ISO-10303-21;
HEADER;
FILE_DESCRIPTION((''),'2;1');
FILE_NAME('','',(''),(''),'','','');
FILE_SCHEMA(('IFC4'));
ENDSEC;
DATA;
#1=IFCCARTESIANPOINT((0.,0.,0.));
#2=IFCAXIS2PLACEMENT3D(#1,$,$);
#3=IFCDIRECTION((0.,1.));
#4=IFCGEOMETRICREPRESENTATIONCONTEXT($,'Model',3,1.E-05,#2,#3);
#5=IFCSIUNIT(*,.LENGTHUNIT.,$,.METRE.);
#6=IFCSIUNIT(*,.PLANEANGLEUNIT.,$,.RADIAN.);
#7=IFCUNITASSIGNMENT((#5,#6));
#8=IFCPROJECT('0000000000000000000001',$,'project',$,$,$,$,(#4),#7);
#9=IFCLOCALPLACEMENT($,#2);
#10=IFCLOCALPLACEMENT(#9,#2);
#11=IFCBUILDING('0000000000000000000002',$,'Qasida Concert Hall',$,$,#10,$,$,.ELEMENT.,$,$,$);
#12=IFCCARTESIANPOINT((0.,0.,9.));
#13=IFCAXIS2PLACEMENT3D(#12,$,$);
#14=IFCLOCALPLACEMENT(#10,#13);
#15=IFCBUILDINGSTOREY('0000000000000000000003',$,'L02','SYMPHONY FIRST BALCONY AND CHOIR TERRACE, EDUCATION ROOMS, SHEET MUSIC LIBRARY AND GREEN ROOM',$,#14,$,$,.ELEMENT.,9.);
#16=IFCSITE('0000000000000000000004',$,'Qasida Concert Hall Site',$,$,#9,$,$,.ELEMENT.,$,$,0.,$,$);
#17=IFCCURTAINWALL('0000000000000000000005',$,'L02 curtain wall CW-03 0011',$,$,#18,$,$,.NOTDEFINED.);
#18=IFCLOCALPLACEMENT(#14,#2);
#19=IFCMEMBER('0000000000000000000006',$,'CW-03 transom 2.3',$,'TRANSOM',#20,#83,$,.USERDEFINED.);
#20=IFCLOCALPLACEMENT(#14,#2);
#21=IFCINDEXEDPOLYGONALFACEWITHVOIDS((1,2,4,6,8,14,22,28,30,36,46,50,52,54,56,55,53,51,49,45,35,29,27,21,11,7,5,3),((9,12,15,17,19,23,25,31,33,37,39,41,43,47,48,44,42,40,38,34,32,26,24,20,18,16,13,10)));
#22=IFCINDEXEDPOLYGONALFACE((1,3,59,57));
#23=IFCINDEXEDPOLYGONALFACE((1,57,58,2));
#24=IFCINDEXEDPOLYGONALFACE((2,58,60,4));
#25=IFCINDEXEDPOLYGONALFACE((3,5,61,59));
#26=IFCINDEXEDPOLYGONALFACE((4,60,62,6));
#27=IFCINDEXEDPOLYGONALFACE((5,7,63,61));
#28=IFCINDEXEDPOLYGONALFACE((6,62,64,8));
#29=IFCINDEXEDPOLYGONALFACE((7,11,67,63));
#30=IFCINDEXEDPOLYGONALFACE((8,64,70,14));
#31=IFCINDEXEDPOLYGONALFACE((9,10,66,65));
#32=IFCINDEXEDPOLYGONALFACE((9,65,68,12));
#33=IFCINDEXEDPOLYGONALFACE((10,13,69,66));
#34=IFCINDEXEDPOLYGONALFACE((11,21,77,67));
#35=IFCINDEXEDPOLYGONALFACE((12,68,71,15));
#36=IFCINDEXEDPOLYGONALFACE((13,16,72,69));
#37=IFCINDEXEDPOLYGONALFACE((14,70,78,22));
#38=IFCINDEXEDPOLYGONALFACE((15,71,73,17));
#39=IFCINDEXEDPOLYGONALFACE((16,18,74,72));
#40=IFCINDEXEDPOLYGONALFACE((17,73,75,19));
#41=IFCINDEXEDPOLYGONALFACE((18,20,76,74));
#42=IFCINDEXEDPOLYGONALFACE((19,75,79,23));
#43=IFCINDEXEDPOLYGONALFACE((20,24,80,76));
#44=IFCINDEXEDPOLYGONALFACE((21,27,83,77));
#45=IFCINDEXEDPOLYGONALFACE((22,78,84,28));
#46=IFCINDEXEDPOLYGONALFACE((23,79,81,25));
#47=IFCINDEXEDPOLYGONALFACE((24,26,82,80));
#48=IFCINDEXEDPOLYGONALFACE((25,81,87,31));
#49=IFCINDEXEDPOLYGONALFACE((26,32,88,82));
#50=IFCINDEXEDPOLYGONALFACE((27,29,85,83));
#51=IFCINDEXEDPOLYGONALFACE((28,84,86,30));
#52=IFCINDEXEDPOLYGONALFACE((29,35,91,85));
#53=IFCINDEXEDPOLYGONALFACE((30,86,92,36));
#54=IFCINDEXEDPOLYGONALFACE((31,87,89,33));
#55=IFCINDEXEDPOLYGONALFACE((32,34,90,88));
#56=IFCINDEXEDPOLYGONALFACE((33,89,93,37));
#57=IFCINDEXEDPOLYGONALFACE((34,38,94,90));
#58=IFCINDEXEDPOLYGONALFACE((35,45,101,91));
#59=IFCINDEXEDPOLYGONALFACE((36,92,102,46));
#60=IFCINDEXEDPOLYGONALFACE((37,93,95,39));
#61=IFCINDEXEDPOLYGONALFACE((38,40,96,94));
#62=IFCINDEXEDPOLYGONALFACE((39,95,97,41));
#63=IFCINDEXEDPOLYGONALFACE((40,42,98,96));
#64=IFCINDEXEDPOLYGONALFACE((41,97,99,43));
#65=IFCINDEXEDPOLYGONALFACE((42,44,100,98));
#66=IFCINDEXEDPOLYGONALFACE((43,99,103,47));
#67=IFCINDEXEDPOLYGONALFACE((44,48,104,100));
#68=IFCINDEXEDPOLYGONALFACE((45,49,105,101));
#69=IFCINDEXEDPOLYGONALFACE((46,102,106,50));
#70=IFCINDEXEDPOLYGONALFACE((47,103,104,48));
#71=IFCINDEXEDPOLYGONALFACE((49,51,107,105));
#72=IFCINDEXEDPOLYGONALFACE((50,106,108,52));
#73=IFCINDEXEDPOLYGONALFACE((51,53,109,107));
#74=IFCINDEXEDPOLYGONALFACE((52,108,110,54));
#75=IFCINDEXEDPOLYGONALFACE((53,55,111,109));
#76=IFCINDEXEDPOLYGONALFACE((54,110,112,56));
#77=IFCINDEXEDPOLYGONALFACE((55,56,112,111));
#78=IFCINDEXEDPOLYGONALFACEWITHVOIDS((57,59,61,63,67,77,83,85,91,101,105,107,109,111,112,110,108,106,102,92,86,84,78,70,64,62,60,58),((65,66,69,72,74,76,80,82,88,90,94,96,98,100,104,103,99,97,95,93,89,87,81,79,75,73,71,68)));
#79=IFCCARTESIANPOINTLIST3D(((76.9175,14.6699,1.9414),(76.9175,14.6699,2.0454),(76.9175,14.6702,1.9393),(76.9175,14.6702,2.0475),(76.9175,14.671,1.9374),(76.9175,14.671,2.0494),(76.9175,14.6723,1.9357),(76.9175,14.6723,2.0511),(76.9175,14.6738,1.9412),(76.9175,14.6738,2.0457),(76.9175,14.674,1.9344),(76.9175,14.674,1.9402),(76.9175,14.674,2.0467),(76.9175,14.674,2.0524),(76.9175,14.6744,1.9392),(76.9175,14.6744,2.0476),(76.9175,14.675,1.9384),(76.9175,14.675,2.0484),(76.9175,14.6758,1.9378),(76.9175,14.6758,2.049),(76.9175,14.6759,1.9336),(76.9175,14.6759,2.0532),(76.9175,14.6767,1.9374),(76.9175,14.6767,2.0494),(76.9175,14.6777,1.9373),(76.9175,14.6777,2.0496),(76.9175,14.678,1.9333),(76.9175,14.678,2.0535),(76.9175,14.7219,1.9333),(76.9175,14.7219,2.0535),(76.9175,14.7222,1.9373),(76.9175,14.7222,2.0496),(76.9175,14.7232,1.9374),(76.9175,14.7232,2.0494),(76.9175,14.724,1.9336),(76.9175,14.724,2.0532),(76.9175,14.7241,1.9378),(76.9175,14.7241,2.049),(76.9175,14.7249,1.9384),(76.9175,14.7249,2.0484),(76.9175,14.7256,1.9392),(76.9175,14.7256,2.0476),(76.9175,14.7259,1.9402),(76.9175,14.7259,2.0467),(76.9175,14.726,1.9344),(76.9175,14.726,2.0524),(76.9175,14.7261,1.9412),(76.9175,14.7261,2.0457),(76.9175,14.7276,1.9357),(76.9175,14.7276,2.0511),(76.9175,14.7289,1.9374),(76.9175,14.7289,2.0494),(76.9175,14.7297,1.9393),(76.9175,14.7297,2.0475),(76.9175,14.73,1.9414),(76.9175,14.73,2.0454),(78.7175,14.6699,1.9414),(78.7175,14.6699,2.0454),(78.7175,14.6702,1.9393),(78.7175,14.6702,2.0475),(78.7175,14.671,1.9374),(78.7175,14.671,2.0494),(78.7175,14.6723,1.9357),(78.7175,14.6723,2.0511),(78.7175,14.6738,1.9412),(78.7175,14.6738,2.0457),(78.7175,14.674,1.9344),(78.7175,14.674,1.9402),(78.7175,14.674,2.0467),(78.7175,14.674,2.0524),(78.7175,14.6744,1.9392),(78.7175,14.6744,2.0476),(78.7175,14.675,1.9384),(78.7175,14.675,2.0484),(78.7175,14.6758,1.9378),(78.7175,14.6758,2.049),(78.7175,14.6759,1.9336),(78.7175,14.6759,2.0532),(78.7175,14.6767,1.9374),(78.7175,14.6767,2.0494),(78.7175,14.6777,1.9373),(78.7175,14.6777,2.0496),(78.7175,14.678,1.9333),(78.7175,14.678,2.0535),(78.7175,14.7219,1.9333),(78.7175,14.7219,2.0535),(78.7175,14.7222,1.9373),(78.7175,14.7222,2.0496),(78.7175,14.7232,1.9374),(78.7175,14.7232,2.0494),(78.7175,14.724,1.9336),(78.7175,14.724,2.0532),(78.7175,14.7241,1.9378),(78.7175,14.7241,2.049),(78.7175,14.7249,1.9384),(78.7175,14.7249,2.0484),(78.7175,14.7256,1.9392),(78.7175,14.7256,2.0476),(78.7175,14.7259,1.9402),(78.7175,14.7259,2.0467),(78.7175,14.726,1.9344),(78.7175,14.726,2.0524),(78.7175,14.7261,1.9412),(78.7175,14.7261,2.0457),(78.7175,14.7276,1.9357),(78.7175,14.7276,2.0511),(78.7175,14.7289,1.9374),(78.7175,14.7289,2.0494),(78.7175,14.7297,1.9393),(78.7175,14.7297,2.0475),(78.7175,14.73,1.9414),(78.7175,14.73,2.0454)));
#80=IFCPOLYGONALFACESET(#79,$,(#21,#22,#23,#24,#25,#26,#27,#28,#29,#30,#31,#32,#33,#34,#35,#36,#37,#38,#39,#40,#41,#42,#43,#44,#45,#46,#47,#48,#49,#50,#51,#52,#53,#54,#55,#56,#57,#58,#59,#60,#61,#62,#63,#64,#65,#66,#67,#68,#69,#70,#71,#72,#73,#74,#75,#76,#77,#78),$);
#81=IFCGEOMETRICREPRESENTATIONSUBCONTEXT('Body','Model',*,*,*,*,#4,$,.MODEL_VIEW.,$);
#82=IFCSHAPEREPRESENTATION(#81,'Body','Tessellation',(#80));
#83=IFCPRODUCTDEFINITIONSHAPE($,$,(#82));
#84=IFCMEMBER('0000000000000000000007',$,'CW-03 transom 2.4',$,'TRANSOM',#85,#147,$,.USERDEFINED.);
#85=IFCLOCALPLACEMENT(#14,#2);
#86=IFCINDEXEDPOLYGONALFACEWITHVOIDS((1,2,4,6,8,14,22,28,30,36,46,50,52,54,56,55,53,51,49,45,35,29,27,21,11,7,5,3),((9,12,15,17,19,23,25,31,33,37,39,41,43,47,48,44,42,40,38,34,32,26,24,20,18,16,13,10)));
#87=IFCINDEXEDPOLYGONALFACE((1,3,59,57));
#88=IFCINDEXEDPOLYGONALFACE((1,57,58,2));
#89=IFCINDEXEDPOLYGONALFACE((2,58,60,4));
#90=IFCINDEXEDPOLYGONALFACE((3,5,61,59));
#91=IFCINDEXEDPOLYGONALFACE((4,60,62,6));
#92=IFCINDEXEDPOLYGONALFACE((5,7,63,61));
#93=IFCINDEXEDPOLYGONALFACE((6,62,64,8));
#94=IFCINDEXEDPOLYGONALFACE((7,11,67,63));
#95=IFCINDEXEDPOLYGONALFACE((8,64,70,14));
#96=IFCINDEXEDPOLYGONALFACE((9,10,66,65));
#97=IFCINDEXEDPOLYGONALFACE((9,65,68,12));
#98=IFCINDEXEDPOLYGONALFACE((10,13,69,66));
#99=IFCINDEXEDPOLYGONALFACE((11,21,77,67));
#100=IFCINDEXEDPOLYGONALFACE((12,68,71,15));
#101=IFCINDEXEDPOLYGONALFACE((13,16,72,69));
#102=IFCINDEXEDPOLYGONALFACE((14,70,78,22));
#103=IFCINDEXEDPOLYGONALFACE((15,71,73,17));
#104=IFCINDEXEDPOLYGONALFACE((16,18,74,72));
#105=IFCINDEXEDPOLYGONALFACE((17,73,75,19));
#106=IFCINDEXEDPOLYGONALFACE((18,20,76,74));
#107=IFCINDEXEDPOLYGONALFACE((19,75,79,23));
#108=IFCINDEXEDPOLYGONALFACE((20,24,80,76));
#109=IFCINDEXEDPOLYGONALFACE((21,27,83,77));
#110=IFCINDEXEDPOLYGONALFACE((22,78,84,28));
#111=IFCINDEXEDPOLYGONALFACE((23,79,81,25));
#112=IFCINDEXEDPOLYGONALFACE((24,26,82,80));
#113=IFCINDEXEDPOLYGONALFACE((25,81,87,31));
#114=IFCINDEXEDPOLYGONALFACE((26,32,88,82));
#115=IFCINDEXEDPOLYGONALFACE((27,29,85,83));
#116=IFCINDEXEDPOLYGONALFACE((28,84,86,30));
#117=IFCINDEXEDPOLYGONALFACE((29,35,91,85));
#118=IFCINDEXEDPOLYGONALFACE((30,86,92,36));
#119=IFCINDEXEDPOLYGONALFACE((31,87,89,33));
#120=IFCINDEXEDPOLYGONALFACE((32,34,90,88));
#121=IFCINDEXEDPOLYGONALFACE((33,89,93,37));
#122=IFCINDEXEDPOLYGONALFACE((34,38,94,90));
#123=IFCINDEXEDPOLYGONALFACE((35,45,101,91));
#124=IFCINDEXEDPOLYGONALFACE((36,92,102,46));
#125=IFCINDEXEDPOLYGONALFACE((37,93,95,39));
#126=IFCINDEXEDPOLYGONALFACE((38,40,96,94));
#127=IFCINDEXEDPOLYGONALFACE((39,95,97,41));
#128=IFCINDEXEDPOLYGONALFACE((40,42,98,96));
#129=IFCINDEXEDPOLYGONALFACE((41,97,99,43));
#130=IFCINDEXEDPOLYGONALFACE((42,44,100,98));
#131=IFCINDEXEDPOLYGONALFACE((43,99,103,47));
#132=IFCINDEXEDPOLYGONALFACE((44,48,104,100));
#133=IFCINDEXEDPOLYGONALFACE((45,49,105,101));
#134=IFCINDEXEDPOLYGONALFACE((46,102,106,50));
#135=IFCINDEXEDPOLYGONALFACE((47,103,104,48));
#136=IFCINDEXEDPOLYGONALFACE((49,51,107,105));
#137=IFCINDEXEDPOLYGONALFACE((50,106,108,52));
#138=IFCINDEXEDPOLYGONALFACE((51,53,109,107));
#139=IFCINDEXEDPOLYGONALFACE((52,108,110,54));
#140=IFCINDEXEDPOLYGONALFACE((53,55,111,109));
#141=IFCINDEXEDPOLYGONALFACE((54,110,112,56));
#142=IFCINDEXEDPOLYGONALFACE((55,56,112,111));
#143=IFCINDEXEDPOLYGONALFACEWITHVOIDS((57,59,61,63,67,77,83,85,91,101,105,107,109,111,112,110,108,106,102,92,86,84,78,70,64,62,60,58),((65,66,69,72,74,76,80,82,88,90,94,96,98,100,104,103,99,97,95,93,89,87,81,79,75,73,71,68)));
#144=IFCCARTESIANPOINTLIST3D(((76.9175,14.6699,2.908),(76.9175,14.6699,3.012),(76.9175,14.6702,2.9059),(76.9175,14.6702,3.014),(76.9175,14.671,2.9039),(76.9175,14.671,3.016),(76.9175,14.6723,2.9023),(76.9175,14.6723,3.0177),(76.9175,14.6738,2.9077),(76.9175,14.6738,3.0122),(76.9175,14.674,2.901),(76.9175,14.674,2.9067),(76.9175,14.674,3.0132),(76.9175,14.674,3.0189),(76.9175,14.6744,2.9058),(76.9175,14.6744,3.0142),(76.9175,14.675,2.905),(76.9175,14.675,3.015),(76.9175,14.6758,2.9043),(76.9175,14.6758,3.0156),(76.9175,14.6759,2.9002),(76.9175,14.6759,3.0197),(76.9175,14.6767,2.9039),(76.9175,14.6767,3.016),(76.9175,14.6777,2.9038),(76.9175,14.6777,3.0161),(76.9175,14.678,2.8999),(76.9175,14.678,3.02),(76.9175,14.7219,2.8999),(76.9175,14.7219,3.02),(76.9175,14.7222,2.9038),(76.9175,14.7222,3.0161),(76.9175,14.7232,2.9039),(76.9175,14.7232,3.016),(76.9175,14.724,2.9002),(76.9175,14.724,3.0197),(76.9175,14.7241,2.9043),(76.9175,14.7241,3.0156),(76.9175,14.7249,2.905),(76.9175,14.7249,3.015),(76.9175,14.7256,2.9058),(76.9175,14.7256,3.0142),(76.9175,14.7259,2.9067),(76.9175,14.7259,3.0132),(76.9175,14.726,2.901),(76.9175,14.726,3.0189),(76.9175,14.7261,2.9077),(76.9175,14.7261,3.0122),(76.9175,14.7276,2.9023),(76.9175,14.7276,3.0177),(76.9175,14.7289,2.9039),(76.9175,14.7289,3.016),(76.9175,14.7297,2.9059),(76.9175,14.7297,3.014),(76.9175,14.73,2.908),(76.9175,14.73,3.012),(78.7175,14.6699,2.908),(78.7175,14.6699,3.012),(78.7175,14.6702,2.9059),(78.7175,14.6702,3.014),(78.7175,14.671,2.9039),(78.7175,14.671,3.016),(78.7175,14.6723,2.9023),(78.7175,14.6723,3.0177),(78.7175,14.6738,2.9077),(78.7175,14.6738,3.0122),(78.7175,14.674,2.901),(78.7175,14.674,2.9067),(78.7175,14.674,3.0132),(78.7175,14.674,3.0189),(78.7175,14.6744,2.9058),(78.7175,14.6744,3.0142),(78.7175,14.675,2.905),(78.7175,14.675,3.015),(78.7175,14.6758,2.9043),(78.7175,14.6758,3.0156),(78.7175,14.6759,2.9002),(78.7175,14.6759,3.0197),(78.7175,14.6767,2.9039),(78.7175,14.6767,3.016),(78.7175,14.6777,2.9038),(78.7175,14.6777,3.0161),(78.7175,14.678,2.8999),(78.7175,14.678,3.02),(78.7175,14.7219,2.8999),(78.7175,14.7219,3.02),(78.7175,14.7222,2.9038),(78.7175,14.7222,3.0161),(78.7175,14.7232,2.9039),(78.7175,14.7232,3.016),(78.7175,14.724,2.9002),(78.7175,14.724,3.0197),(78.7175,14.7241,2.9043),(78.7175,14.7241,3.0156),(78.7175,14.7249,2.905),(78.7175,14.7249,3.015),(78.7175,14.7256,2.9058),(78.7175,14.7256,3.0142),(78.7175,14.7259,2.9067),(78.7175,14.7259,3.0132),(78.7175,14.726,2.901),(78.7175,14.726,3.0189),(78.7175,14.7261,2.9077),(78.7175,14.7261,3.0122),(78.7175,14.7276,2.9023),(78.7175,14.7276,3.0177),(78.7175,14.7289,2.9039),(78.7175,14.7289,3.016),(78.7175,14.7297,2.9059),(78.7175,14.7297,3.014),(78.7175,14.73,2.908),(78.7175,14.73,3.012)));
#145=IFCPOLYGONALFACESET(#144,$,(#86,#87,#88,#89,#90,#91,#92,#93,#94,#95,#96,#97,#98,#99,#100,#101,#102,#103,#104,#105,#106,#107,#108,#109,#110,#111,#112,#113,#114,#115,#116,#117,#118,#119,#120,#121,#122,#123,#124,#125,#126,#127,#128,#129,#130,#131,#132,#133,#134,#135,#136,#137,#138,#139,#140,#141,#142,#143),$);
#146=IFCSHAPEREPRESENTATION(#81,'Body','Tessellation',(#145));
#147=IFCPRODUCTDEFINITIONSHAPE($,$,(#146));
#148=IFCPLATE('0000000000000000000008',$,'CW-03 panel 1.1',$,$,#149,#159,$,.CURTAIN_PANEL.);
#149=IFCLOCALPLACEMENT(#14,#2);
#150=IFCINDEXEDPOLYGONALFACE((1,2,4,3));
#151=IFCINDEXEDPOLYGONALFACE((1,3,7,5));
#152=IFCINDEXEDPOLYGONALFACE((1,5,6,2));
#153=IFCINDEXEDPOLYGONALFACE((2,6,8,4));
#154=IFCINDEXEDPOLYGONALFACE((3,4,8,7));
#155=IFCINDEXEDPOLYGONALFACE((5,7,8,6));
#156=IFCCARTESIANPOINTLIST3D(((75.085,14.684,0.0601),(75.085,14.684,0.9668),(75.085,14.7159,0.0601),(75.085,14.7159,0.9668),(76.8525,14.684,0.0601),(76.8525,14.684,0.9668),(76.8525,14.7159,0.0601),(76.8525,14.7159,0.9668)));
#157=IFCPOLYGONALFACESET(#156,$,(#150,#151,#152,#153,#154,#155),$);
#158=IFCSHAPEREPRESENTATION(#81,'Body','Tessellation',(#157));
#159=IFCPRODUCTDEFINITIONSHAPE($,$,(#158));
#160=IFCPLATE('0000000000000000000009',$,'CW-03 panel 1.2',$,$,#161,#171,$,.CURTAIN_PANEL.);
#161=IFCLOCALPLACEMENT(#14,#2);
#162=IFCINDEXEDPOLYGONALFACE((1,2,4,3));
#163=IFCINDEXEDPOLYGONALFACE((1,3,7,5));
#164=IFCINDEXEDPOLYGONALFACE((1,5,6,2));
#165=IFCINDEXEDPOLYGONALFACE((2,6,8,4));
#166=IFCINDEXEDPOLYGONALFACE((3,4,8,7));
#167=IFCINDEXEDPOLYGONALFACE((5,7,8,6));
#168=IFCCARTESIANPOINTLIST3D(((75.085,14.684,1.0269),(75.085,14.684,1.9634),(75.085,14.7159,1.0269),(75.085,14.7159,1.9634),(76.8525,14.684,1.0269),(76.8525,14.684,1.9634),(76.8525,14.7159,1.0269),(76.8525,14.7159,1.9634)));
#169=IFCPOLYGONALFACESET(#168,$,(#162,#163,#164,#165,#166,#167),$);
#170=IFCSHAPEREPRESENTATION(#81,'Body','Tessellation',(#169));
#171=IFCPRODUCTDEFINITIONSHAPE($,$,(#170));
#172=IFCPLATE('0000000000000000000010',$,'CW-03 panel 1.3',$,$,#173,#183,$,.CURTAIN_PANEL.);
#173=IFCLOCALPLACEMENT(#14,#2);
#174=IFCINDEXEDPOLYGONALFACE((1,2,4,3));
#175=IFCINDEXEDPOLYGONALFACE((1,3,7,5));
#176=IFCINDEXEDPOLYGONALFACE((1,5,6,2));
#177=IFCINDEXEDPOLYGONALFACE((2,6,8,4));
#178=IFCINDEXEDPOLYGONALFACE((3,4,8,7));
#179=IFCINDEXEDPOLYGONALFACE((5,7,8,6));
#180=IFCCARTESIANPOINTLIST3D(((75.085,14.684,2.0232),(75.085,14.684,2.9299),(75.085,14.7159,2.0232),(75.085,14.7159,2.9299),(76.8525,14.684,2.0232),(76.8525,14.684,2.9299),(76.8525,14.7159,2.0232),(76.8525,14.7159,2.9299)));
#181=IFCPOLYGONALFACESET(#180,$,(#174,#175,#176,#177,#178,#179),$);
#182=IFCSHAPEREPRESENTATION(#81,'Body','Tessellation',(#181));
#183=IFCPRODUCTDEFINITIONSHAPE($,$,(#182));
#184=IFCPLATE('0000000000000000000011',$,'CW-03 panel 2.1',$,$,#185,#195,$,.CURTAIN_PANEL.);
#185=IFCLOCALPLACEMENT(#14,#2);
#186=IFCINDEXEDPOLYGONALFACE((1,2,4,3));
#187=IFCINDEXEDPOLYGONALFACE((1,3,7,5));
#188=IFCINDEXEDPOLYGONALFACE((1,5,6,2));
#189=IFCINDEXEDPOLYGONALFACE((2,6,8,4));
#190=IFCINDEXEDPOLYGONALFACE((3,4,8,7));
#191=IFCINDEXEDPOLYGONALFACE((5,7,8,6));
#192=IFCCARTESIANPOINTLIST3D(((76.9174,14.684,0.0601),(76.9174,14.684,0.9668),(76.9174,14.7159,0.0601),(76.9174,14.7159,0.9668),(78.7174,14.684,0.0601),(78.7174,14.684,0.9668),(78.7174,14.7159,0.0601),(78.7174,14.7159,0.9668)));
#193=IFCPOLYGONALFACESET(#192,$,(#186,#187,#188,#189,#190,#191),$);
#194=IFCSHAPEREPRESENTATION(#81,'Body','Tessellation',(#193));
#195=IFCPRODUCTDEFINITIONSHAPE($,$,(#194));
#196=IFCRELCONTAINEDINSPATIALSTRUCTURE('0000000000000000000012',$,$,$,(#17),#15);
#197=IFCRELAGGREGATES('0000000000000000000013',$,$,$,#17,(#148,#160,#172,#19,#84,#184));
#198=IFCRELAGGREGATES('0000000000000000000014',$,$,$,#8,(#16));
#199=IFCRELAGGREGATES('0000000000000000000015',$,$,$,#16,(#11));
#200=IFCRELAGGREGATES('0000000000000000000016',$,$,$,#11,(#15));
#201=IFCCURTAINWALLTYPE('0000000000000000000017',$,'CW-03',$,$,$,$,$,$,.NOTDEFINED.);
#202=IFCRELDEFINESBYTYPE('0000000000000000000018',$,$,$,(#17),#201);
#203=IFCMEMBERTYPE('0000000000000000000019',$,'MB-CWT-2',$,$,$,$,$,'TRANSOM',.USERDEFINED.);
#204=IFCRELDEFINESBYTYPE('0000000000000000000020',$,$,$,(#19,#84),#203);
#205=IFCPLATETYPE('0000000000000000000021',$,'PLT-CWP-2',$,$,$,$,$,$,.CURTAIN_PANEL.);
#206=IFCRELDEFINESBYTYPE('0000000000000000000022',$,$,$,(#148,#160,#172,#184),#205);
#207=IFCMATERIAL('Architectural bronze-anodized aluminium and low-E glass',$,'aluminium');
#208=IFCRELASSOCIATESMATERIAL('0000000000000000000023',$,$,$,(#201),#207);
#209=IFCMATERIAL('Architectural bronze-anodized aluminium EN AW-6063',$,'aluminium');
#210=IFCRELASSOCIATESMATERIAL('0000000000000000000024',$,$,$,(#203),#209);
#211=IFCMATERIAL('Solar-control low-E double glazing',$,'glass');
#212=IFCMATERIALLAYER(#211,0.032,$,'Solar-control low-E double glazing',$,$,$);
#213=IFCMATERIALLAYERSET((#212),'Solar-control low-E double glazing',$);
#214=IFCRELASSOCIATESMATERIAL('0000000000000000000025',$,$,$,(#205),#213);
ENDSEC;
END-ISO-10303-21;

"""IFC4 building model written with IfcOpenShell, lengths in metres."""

from ifc_helpers import new_model, si_unit, direction, frame, origin, origin_2d, place, context, subcontext, project, spatial, rectangle, hollow_rectangle, extrude, material, layer, layer_set, material_profile, profile_set, type_object, element, aggregate, save


model = new_model("IFC4")

# Units and contexts
model_context = context("Model", 3, precision=1e-05, world=origin(), true_north=direction((0.0, 1.0)))
body_context = subcontext(model_context, "Body", "Model", "MODEL_VIEW")
ifc_project = project(units=[si_unit("LENGTHUNIT", "METRE"), si_unit("PLANEANGLEUNIT", "RADIAN")], contexts=[model_context])

# Site, building, storey
site_placement = place(None, origin())
site = spatial("IfcSite", under=ifc_project, at=site_placement, Name="Qasida Concert Hall Site", CompositionType="ELEMENT", RefElevation=0.0)
building_placement = place(site_placement, origin())
building = spatial("IfcBuilding", under=site, at=building_placement, Name="Qasida Concert Hall", CompositionType="ELEMENT")
storey_placement = place(building_placement, frame((0.0, 0.0, 9.0)))
storey = spatial("IfcBuildingStorey", under=building, at=storey_placement, Name="L02", Description="SYMPHONY FIRST BALCONY AND CHOIR TERRACE, EDUCATION ROOMS, SHEET MUSIC LIBRARY AND GREEN ROOM", CompositionType="ELEMENT", Elevation=9.0)

# Curtain wall, members, plates
ifc_material_1 = material(Name="Architectural bronze-anodized aluminium and low-E glass", Category="aluminium")
curtain_wall_type = type_object("IfcCurtainWallType", Name="CW-03", PredefinedType="NOTDEFINED", material=ifc_material_1)
curtain_wall_placement = place(storey_placement, origin())
curtain_wall = element("IfcCurtainWall", 1, at=curtain_wall_placement, inside=storey, type_object=curtain_wall_type, Name="L02 curtain wall CW-03 0011", PredefinedType="NOTDEFINED")
ifc_material_2 = material(Name="Architectural bronze-anodized aluminium EN AW-6063", Category="aluminium")
ifc_material_profile_1 = material_profile(ifc_material_2, hollow_rectangle(XDim=0.0601, YDim=0.1201, WallThickness=0.0039, InnerFilletRadius=0.0039, OuterFilletRadius=0.0081, at=origin_2d()), Name="CWT 120x60x4")
ifc_profile_set_1 = profile_set([ifc_material_profile_1], Name="Architectural bronze-anodized aluminium EN AW-6063")
member_type_1 = type_object("IfcMemberType", Name="MB-CWT-2", ElementType="TRANSOM", PredefinedType="USERDEFINED", material=ifc_profile_set_1)
member_1_placement = place(storey_placement, frame((76.9175, 14.7, 1.9934), z_axis=(1.0, 0.0, 0.0), x_axis=(0.0, 1.0, 0.0)))
member_1 = element("IfcMember", 2, at=member_1_placement, type_object=member_type_1, Name="CW-03 transom 2.3", ObjectType="TRANSOM", PredefinedType="USERDEFINED", context=body_context, shape_type="SweptSolid", body=[
    extrude(hollow_rectangle(XDim=0.0601, YDim=0.1201, WallThickness=0.0039, InnerFilletRadius=0.0039, OuterFilletRadius=0.0081, at=origin_2d()), origin(), (0.0, 0.0, 1.0), 1.8),
])
member_2_placement = place(storey_placement, frame((76.9175, 14.7, 2.96), z_axis=(1.0, 0.0, 0.0), x_axis=(0.0, 1.0, 0.0)))
member_2 = element("IfcMember", 3, at=member_2_placement, type_object=member_type_1, Name="CW-03 transom 2.4", ObjectType="TRANSOM", PredefinedType="USERDEFINED", context=body_context, shape_type="SweptSolid", body=[
    extrude(hollow_rectangle(XDim=0.0601, YDim=0.1201, WallThickness=0.0039, InnerFilletRadius=0.0039, OuterFilletRadius=0.0081, at=origin_2d()), origin(), (0.0, 0.0, 1.0), 1.8),
])
ifc_material_3 = material(Name="Solar-control low-E double glazing", Category="glass")
ifc_layer_1 = layer(ifc_material_3, 0.032, Name="Solar-control low-E double glazing")
ifc_layer_set_1 = layer_set([ifc_layer_1], Name="Solar-control low-E double glazing")
plate_type = type_object("IfcPlateType", Name="PLT-CWP-2", PredefinedType="CURTAIN_PANEL", material=ifc_layer_set_1)
plate_1_placement = place(storey_placement, frame((75.9688, 14.7, 0.0601), z_axis=(0.0, 0.0, 1.0), x_axis=(1.0, 0.0, 0.0)))
plate_1 = element("IfcPlate", 4, at=plate_1_placement, type_object=plate_type, Name="CW-03 panel 1.1", PredefinedType="CURTAIN_PANEL", context=body_context, shape_type="SweptSolid", body=[
    extrude(rectangle(XDim=1.7676, YDim=0.032, at=origin_2d()), origin(), (0.0, 0.0, 1.0), 0.9067),
])
plate_2_placement = place(storey_placement, frame((75.9688, 14.7, 1.0269), z_axis=(0.0, 0.0, 1.0), x_axis=(1.0, 0.0, 0.0)))
plate_2 = element("IfcPlate", 5, at=plate_2_placement, type_object=plate_type, Name="CW-03 panel 1.2", PredefinedType="CURTAIN_PANEL", context=body_context, shape_type="SweptSolid", body=[
    extrude(rectangle(XDim=1.7676, YDim=0.032, at=origin_2d()), origin(), (0.0, 0.0, 1.0), 0.9365),
])
plate_3_placement = place(storey_placement, frame((75.9688, 14.7, 2.0232), z_axis=(0.0, 0.0, 1.0), x_axis=(1.0, 0.0, 0.0)))
plate_3 = element("IfcPlate", 6, at=plate_3_placement, type_object=plate_type, Name="CW-03 panel 1.3", PredefinedType="CURTAIN_PANEL", context=body_context, shape_type="SweptSolid", body=[
    extrude(rectangle(XDim=1.7676, YDim=0.032, at=origin_2d()), origin(), (0.0, 0.0, 1.0), 0.9067),
])
plate_4_placement = place(storey_placement, frame((77.8174, 14.7, 0.0601), z_axis=(0.0, 0.0, 1.0), x_axis=(1.0, 0.0, 0.0)))
plate_4 = element("IfcPlate", 7, at=plate_4_placement, type_object=plate_type, Name="CW-03 panel 2.1", PredefinedType="CURTAIN_PANEL", context=body_context, shape_type="SweptSolid", body=[
    extrude(rectangle(XDim=1.8, YDim=0.032, at=origin_2d()), origin(), (0.0, 0.0, 1.0), 0.9067),
])
aggregate(curtain_wall, [plate_1, plate_2, plate_3, member_1, member_2, plate_4])

save(model, "model.ifc")
